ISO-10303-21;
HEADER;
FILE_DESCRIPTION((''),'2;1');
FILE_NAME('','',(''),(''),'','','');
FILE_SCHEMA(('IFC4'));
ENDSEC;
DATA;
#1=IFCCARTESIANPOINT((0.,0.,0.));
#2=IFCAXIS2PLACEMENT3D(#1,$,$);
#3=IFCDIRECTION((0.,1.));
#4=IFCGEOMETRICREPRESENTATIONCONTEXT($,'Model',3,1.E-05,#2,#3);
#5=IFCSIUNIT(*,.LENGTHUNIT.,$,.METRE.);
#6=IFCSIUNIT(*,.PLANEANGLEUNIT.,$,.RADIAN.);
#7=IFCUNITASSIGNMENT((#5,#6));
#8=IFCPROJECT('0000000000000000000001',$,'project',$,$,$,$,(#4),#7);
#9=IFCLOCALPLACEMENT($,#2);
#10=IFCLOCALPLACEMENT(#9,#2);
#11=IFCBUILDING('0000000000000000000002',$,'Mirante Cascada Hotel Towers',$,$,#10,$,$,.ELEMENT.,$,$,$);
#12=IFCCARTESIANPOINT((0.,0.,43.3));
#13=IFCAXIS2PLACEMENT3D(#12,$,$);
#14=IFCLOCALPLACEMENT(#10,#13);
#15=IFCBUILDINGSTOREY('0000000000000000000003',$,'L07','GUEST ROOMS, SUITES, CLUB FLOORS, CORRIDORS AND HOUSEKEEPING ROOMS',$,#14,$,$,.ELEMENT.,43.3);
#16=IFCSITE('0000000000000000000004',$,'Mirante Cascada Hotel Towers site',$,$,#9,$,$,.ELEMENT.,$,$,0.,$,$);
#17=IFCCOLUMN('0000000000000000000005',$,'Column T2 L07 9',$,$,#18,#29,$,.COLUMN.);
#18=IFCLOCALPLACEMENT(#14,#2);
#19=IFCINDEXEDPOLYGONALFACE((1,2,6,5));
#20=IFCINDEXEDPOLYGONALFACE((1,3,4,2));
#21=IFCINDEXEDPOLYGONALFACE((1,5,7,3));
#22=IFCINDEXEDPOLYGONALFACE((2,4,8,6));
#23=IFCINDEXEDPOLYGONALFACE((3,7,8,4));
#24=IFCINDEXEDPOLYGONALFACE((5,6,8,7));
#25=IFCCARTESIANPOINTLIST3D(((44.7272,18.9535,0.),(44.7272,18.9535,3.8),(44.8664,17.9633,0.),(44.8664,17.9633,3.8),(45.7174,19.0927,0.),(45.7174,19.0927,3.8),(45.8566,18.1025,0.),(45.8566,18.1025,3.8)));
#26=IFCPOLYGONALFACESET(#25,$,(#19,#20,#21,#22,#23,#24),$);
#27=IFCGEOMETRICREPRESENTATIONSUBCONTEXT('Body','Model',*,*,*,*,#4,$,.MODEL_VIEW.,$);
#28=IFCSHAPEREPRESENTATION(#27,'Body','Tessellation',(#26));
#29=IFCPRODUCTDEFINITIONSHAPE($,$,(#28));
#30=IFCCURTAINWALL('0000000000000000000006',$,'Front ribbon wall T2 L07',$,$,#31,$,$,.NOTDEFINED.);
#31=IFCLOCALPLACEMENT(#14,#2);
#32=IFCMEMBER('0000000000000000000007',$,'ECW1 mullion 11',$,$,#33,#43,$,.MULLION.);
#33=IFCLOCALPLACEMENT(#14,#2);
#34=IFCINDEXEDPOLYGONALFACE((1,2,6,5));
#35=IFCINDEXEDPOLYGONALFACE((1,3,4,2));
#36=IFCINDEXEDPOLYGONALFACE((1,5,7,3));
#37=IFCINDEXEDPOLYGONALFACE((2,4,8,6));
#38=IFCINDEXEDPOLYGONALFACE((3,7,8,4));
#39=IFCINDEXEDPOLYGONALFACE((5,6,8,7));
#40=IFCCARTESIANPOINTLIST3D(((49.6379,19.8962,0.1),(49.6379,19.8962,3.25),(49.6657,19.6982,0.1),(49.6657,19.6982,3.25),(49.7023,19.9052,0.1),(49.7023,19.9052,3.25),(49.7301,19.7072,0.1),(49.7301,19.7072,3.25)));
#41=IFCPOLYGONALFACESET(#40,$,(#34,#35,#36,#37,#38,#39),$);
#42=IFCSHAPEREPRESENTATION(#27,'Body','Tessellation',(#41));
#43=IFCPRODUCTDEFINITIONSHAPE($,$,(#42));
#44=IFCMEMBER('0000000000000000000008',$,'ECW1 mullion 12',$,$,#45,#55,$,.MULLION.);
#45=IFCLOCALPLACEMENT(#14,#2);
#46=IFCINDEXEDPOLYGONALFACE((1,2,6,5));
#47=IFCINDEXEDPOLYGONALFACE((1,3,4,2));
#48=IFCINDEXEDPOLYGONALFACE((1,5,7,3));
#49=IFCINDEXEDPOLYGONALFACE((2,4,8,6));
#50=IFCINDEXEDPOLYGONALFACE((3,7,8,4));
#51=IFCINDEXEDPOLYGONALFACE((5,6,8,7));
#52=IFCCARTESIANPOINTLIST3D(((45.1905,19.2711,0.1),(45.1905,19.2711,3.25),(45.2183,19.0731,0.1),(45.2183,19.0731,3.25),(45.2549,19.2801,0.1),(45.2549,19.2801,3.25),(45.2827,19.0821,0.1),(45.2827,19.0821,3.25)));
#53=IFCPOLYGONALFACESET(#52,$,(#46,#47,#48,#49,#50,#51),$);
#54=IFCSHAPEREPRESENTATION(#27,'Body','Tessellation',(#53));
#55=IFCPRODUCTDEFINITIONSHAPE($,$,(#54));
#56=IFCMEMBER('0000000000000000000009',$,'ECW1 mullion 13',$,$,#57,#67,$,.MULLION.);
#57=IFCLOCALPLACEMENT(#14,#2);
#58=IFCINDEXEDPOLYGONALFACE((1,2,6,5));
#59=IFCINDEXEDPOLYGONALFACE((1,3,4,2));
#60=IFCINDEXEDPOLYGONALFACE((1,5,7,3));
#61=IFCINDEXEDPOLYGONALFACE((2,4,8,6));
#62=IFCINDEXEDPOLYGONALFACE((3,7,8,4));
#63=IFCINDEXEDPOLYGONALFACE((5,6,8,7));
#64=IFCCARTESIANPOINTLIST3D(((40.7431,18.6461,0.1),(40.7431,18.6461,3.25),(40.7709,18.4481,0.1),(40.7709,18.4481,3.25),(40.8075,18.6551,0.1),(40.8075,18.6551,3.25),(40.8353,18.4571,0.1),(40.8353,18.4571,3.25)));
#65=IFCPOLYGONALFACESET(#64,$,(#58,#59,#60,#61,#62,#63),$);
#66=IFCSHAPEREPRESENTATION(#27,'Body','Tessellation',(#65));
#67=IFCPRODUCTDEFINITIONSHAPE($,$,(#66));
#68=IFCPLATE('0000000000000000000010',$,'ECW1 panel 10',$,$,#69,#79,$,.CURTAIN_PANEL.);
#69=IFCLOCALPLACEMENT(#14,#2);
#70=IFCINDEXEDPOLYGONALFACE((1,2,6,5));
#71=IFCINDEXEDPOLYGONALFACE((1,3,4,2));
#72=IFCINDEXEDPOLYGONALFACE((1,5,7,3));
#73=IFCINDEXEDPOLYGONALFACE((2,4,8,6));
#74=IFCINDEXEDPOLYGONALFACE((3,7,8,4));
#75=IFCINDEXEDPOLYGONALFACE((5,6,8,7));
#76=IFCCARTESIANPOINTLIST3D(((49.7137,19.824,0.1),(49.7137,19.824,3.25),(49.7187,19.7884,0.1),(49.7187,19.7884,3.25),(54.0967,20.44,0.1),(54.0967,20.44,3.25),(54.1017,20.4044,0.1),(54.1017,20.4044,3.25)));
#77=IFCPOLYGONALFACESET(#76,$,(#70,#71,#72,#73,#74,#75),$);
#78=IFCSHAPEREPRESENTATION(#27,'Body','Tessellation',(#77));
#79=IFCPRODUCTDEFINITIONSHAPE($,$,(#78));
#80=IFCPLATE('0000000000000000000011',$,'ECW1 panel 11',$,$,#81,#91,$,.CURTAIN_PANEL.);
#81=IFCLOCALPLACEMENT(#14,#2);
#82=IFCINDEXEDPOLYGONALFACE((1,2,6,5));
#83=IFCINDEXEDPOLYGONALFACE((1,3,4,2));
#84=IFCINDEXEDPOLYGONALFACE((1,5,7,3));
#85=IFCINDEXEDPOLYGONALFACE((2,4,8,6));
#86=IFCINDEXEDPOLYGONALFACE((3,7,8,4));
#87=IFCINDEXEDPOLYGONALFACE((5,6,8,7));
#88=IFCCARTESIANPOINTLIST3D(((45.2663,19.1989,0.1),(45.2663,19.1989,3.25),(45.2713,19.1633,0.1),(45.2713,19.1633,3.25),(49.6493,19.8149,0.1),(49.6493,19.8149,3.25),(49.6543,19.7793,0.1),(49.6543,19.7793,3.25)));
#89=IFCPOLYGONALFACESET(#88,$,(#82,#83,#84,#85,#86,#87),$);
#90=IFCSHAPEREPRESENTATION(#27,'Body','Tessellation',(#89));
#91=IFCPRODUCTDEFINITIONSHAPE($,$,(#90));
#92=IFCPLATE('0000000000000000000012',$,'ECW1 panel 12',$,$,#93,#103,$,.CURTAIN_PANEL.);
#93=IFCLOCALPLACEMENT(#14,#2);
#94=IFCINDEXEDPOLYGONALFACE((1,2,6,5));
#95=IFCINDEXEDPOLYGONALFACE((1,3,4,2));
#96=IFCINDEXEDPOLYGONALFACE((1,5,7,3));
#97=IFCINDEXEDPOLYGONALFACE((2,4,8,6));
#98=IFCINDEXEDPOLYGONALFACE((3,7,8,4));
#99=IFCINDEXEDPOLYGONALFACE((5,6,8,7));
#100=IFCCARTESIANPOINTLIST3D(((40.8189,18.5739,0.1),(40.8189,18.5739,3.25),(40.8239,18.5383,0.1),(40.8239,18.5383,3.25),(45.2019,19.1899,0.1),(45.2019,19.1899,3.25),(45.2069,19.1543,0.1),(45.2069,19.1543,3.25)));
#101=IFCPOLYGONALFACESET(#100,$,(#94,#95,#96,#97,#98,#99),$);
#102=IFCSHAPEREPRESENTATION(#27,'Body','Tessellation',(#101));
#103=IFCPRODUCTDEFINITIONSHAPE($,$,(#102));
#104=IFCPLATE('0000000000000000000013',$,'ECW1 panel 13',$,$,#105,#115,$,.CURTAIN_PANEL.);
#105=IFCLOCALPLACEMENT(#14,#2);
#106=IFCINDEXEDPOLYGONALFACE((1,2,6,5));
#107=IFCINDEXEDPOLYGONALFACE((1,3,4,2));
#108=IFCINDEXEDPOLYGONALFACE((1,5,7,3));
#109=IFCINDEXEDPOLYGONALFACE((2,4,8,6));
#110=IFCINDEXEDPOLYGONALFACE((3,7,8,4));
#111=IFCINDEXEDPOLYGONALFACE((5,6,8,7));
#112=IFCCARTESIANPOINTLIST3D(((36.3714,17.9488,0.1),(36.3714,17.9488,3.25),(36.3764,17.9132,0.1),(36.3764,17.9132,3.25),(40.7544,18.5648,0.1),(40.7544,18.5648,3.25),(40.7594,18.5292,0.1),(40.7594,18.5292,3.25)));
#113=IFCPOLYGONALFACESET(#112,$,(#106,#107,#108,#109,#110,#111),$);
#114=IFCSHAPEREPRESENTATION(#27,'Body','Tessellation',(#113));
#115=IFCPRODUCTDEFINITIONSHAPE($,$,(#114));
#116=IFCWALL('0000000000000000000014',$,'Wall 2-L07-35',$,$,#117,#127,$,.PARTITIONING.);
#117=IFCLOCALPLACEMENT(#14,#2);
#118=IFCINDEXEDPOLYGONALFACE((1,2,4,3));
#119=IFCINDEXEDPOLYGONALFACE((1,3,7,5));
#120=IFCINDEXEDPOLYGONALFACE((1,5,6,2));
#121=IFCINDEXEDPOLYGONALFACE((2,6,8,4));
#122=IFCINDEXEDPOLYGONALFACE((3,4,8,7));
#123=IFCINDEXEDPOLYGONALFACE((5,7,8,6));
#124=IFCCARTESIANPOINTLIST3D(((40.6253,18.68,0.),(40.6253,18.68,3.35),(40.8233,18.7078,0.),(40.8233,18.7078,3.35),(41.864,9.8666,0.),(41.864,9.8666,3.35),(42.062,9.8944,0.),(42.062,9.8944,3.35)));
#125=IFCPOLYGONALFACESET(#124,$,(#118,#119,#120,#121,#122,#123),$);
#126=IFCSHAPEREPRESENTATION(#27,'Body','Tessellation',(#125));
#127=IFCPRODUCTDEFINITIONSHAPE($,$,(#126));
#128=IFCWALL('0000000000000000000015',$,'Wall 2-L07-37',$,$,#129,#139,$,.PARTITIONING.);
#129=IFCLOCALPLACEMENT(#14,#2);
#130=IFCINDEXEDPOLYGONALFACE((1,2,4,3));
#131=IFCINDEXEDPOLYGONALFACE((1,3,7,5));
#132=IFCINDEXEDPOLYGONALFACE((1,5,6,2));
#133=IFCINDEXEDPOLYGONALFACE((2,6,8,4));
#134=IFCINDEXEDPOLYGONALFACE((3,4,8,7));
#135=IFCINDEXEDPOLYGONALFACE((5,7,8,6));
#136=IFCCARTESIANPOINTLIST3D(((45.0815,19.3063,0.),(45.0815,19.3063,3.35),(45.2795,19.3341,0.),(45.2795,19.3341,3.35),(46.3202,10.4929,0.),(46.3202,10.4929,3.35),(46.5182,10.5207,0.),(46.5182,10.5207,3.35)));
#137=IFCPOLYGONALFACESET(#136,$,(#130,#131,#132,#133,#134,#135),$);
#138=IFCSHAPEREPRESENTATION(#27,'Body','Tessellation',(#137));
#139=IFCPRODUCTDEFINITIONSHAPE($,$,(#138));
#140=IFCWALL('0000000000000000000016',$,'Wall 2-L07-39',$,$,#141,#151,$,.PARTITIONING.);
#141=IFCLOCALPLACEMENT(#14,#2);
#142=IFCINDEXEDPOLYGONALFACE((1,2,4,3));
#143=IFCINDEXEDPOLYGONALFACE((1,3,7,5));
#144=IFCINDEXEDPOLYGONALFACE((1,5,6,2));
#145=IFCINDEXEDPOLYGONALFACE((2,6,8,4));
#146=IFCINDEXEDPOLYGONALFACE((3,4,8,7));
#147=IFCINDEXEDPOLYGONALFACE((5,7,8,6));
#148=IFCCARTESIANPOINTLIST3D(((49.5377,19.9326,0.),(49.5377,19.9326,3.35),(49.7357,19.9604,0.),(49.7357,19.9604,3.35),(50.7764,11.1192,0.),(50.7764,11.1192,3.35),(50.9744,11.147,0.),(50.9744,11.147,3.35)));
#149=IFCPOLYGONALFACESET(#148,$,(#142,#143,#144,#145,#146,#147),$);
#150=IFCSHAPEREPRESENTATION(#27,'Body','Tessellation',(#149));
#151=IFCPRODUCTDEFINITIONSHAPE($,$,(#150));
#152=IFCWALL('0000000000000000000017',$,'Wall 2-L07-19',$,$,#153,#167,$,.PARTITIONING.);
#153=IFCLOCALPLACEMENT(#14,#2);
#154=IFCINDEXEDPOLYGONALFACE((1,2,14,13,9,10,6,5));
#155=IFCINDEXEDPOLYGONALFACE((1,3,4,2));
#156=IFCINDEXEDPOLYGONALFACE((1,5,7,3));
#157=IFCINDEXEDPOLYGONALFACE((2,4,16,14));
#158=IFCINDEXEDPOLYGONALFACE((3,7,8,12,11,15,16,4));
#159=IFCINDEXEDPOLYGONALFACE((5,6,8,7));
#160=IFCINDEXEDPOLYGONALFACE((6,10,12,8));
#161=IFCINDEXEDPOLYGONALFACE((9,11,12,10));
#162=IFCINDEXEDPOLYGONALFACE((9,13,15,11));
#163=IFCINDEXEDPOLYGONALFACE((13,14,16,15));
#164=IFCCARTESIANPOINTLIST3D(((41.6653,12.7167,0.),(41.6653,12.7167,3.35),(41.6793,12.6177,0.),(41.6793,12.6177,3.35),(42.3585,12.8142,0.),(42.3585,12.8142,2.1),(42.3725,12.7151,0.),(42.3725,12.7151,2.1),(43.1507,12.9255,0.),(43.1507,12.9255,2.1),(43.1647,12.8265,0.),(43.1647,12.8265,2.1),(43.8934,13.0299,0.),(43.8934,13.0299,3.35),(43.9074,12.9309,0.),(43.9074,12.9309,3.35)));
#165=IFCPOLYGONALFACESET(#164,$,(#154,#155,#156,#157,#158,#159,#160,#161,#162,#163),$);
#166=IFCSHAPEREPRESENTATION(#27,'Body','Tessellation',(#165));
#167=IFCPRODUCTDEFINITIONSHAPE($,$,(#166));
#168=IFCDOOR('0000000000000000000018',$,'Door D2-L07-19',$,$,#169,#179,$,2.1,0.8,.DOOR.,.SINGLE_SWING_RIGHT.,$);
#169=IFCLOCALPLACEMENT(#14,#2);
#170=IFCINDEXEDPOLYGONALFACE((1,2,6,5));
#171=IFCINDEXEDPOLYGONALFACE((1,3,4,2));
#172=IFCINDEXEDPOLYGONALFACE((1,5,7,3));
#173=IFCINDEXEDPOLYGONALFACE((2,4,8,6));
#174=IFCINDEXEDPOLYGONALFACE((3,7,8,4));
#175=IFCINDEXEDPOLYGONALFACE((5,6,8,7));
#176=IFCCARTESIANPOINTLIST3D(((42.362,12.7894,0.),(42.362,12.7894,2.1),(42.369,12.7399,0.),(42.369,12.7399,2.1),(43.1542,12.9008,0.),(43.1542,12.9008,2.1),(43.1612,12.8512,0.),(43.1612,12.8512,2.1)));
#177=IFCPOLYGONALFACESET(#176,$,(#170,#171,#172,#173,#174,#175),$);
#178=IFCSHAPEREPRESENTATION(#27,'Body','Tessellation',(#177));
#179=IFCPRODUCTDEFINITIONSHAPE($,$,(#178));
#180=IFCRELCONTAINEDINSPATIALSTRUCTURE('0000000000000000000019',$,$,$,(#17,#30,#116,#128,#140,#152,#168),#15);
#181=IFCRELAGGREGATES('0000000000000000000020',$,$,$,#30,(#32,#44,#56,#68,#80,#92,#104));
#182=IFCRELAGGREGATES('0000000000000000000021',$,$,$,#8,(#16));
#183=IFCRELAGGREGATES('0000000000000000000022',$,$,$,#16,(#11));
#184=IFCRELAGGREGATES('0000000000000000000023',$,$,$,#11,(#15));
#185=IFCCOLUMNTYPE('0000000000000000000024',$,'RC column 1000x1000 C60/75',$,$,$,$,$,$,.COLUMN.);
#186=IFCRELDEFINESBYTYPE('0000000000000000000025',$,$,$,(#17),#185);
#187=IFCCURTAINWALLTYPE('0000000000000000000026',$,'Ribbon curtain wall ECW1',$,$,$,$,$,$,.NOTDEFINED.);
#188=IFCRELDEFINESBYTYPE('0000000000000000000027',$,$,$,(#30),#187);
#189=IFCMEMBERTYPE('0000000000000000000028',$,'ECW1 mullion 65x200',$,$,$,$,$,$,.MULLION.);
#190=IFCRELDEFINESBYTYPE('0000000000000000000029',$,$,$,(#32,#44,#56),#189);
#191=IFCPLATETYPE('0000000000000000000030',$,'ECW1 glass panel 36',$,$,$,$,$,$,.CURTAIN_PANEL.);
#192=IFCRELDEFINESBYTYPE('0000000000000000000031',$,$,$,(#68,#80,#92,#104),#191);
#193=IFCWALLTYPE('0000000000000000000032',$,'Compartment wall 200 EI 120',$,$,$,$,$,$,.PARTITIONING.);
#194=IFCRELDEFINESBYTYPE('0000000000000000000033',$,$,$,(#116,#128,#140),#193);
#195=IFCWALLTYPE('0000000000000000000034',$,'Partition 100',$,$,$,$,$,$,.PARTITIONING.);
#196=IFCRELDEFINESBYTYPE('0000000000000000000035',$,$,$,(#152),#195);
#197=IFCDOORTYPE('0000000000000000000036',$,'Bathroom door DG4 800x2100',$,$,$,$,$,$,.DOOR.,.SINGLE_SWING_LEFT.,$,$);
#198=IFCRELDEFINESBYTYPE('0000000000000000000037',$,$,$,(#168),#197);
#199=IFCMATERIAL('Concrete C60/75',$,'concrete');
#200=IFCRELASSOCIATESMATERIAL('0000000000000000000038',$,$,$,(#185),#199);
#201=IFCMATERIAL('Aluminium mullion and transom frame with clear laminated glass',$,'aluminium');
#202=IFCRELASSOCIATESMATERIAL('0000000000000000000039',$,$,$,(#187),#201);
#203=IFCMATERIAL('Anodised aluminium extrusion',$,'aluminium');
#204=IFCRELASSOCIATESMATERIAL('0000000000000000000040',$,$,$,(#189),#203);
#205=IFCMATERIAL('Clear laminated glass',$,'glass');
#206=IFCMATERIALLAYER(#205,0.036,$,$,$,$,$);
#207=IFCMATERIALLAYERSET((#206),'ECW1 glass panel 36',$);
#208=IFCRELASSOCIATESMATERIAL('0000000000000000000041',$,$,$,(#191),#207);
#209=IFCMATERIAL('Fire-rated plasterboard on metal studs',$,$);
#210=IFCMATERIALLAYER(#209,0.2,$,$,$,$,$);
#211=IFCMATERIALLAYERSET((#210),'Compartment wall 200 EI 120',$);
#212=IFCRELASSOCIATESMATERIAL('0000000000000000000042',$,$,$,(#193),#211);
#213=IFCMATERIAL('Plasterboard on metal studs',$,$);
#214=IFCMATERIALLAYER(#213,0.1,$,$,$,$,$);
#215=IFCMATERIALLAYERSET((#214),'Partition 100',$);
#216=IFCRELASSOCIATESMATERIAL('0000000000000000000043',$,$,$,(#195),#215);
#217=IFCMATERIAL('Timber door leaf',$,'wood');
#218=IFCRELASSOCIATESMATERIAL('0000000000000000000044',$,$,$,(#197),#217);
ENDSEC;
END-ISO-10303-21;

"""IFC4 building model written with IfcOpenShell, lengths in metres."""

from ifc_helpers import new_model, si_unit, direction, frame, frame_2d, origin, origin_2d, place, context, subcontext, project, spatial, rectangle, extrude, material, layer, layer_set, material_profile, profile_set, type_object, element, fill, aggregate, save


model = new_model("IFC4")

# Units and contexts
model_context = context("Model", 3, precision=1e-05, world=origin(), true_north=direction((0.0, 1.0)))
body_context = subcontext(model_context, "Body", "Model", "MODEL_VIEW")
ifc_project = project(units=[si_unit("LENGTHUNIT", "METRE"), si_unit("PLANEANGLEUNIT", "RADIAN")], contexts=[model_context])

# Site, building, storey
site_placement = place(None, origin())
site = spatial("IfcSite", under=ifc_project, at=site_placement, Name="Mirante Cascada Hotel Towers site", CompositionType="ELEMENT", RefElevation=0.0)
building_placement = place(site_placement, origin())
building = spatial("IfcBuilding", under=site, at=building_placement, Name="Mirante Cascada Hotel Towers", CompositionType="ELEMENT")
storey_placement = place(building_placement, frame((0.0, 0.0, 43.3)))
storey = spatial("IfcBuildingStorey", under=building, at=storey_placement, Name="L07", Description="GUEST ROOMS, SUITES, CLUB FLOORS, CORRIDORS AND HOUSEKEEPING ROOMS", CompositionType="ELEMENT", Elevation=43.3)

# Column
ifc_material_1 = material(Name="Concrete C60/75", Category="concrete")
ifc_material_profile_1 = material_profile(ifc_material_1, rectangle(XDim=1.0, YDim=1.0, at=origin_2d()), Name="RC column 1000x1000 C60/75")
ifc_profile_set_1 = profile_set([ifc_material_profile_1], Name="Concrete C60/75")
column_type = type_object("IfcColumnType", Name="RC column 1000x1000 C60/75", PredefinedType="COLUMN", material=ifc_profile_set_1)
column_placement = place(storey_placement, frame((45.2919, 18.528, 0.0), z_axis=(0.0, 0.0, 1.0), x_axis=(0.990268, 0.139173, 0.0)))
element("IfcColumn", 1, at=column_placement, inside=storey, type_object=column_type, Name="Column T2 L07 9", PredefinedType="COLUMN", context=body_context, shape_type="SweptSolid", body=[
    extrude(rectangle(XDim=1.0, YDim=1.0, at=origin_2d()), origin(), (0.0, 0.0, 1.0), 3.8),
])

# Curtain wall, members, plates
ifc_material_2 = material(Name="Aluminium mullion and transom frame with clear laminated glass", Category="aluminium")
curtain_wall_type = type_object("IfcCurtainWallType", Name="Ribbon curtain wall ECW1", PredefinedType="NOTDEFINED", material=ifc_material_2)
curtain_wall_placement = place(storey_placement, origin())
curtain_wall = element("IfcCurtainWall", 2, at=curtain_wall_placement, inside=storey, type_object=curtain_wall_type, Name="Front ribbon wall T2 L07", PredefinedType="NOTDEFINED")
ifc_material_3 = material(Name="Anodised aluminium extrusion", Category="aluminium")
ifc_material_profile_2 = material_profile(ifc_material_3, rectangle(XDim=0.2, YDim=0.065, at=origin_2d()), Name="ECW1 MULLION 65x200")
ifc_profile_set_2 = profile_set([ifc_material_profile_2], Name="Anodised aluminium extrusion")
member_type = type_object("IfcMemberType", Name="ECW1 mullion 65x200", PredefinedType="MULLION", material=ifc_profile_set_2)
member_1_placement = place(storey_placement, frame((49.684, 19.8017, 0.1), z_axis=(0.0, 0.0, 1.0), x_axis=(0.139173, -0.990268, 0.0)))
member_1 = element("IfcMember", 3, at=member_1_placement, type_object=member_type, Name="ECW1 mullion 11", PredefinedType="MULLION", context=body_context, shape_type="SweptSolid", body=[
    extrude(rectangle(XDim=0.2, YDim=0.065, at=origin_2d()), origin(), (0.0, 0.0, 1.0), 3.15),
])
member_2_placement = place(storey_placement, frame((45.2366, 19.1766, 0.1), z_axis=(0.0, 0.0, 1.0), x_axis=(0.139173, -0.990268, 0.0)))
member_2 = element("IfcMember", 4, at=member_2_placement, type_object=member_type, Name="ECW1 mullion 12", PredefinedType="MULLION", context=body_context, shape_type="SweptSolid", body=[
    extrude(rectangle(XDim=0.2, YDim=0.065, at=origin_2d()), origin(), (0.0, 0.0, 1.0), 3.15),
])
member_3_placement = place(storey_placement, frame((40.7892, 18.5516, 0.1), z_axis=(0.0, 0.0, 1.0), x_axis=(0.139173, -0.990268, 0.0)))
member_3 = element("IfcMember", 5, at=member_3_placement, type_object=member_type, Name="ECW1 mullion 13", PredefinedType="MULLION", context=body_context, shape_type="SweptSolid", body=[
    extrude(rectangle(XDim=0.2, YDim=0.065, at=origin_2d()), origin(), (0.0, 0.0, 1.0), 3.15),
])
ifc_material_4 = material(Name="Clear laminated glass", Category="glass")
ifc_layer_1 = layer(ifc_material_4, 0.036)
ifc_layer_set_1 = layer_set([ifc_layer_1], Name="ECW1 glass panel 36")
plate_type = type_object("IfcPlateType", Name="ECW1 glass panel 36", PredefinedType="CURTAIN_PANEL", material=ifc_layer_set_1)
plate_1_placement = place(storey_placement, frame((51.9077, 20.1142, 0.1), z_axis=(0.0, 0.0, 1.0), x_axis=(-0.990268, -0.139173, 0.0)))
plate_1 = element("IfcPlate", 6, at=plate_1_placement, type_object=plate_type, Name="ECW1 panel 10", PredefinedType="CURTAIN_PANEL", context=body_context, shape_type="SweptSolid", body=[
    extrude(rectangle(XDim=4.4261, YDim=0.036, at=origin_2d()), origin(), (0.0, 0.0, 1.0), 3.15),
])
plate_2_placement = place(storey_placement, frame((47.4603, 19.4891, 0.1), z_axis=(0.0, 0.0, 1.0), x_axis=(-0.990268, -0.139173, 0.0)))
plate_2 = element("IfcPlate", 7, at=plate_2_placement, type_object=plate_type, Name="ECW1 panel 11", PredefinedType="CURTAIN_PANEL", context=body_context, shape_type="SweptSolid", body=[
    extrude(rectangle(XDim=4.4261, YDim=0.036, at=origin_2d()), origin(), (0.0, 0.0, 1.0), 3.15),
])
plate_3_placement = place(storey_placement, frame((43.0129, 18.8641, 0.1), z_axis=(0.0, 0.0, 1.0), x_axis=(-0.990268, -0.139173, 0.0)))
plate_3 = element("IfcPlate", 8, at=plate_3_placement, type_object=plate_type, Name="ECW1 panel 12", PredefinedType="CURTAIN_PANEL", context=body_context, shape_type="SweptSolid", body=[
    extrude(rectangle(XDim=4.4261, YDim=0.036, at=origin_2d()), origin(), (0.0, 0.0, 1.0), 3.15),
])
plate_4_placement = place(storey_placement, frame((38.5654, 18.239, 0.1), z_axis=(0.0, 0.0, 1.0), x_axis=(-0.990268, -0.139173, 0.0)))
plate_4 = element("IfcPlate", 9, at=plate_4_placement, type_object=plate_type, Name="ECW1 panel 13", PredefinedType="CURTAIN_PANEL", context=body_context, shape_type="SweptSolid", body=[
    extrude(rectangle(XDim=4.4261, YDim=0.036, at=origin_2d()), origin(), (0.0, 0.0, 1.0), 3.15),
])
aggregate(curtain_wall, [member_1, member_2, member_3, plate_1, plate_2, plate_3, plate_4])

# Walls
ifc_material_5 = material(Name="Fire-rated plasterboard on metal studs")
ifc_layer_2 = layer(ifc_material_5, 0.2)
ifc_layer_set_2 = layer_set([ifc_layer_2], Name="Compartment wall 200 EI 120")
wall_type_1 = type_object("IfcWallType", Name="Compartment wall 200 EI 120", PredefinedType="PARTITIONING", material=ifc_layer_set_2)
for number, where, z_axis, x_axis, name in (
    (10, (40.7243, 18.6939, 0.0), (0.0, 0.0, 1.0), (0.139179, -0.990267, 0.0), "Wall 2-L07-35"),
    (11, (45.1805, 19.3202, 0.0), (0.0, 0.0, 1.0), (0.139179, -0.990267, 0.0), "Wall 2-L07-37"),
    (12, (49.6367, 19.9465, 0.0), (0.0, 0.0, 1.0), (0.139179, -0.990267, 0.0), "Wall 2-L07-39"),
):
    element("IfcWall", number, at=place(storey_placement, frame(where, z_axis=z_axis, x_axis=x_axis)), inside=storey, type_object=wall_type_1, Name=name, PredefinedType="PARTITIONING", context=body_context, shape_type="SweptSolid", body=[
        extrude(rectangle(XDim=8.9, YDim=0.2, at=frame_2d((4.45, 0.0))), origin(), (0.0, 0.0, 1.0), 3.35),
    ])

# Wall, opening, door
ifc_material_6 = material(Name="Plasterboard on metal studs")
ifc_layer_3 = layer(ifc_material_6, 0.1)
ifc_layer_set_3 = layer_set([ifc_layer_3], Name="Partition 100")
wall_type_2 = type_object("IfcWallType", Name="Partition 100", PredefinedType="PARTITIONING", material=ifc_layer_set_3)
wall_1_placement = place(storey_placement, frame((43.9004, 12.9804, 0.0), z_axis=(0.0, 0.0, 1.0), x_axis=(-0.990264, -0.1392, 0.0)))
wall_1 = element("IfcWall", 13, at=wall_1_placement, inside=storey, type_object=wall_type_2, Name="Wall 2-L07-19", PredefinedType="PARTITIONING", context=body_context, shape_type="SweptSolid", body=[
    extrude(rectangle(XDim=2.25, YDim=0.1, at=frame_2d((1.125, 0.0))), origin(), (0.0, 0.0, 1.0), 3.35),
])
opening_1_placement = place(wall_1_placement, frame((0.75, 0.0, 0.0)))
opening_1 = element("IfcOpeningElement", 14, at=opening_1_placement, cuts=wall_1, PredefinedType="OPENING", context=body_context, shape_type="SweptSolid", body=[
    extrude(rectangle(XDim=0.8, YDim=2.1, at=frame_2d((0.4, 1.05))), frame((0.0, 0.05, 0.0), z_axis=(0.0, -1.0, 0.0), x_axis=(1.0, 0.0, 0.0)), (0.0, 0.0, 1.0), 0.1),
])
ifc_material_7 = material(Name="Timber door leaf", Category="wood")
door_type = type_object("IfcDoorType", Name="Bathroom door DG4 800x2100", OperationType="SINGLE_SWING_LEFT", PredefinedType="DOOR", material=ifc_material_7)
door_1_placement = place(opening_1_placement, frame((0.8, 0.0, 0.0), z_axis=(0.0, 0.0, 1.0), x_axis=(-1.0, 0.0, 0.0)))
door_1 = element("IfcDoor", 15, at=door_1_placement, inside=storey, type_object=door_type, Name="Door D2-L07-19", OperationType="SINGLE_SWING_RIGHT", OverallHeight=2.1, OverallWidth=0.8, PredefinedType="DOOR", context=body_context, shape_type="SweptSolid", body=[
    extrude(rectangle(XDim=0.8, YDim=2.1, at=frame_2d((0.4, 1.05))), frame((0.0, 0.025, 0.0), z_axis=(0.0, -1.0, 0.0), x_axis=(1.0, 0.0, 0.0)), (0.0, 0.0, 1.0), 0.05),
])
fill(opening_1, door_1)

save(model, "model.ifc")
